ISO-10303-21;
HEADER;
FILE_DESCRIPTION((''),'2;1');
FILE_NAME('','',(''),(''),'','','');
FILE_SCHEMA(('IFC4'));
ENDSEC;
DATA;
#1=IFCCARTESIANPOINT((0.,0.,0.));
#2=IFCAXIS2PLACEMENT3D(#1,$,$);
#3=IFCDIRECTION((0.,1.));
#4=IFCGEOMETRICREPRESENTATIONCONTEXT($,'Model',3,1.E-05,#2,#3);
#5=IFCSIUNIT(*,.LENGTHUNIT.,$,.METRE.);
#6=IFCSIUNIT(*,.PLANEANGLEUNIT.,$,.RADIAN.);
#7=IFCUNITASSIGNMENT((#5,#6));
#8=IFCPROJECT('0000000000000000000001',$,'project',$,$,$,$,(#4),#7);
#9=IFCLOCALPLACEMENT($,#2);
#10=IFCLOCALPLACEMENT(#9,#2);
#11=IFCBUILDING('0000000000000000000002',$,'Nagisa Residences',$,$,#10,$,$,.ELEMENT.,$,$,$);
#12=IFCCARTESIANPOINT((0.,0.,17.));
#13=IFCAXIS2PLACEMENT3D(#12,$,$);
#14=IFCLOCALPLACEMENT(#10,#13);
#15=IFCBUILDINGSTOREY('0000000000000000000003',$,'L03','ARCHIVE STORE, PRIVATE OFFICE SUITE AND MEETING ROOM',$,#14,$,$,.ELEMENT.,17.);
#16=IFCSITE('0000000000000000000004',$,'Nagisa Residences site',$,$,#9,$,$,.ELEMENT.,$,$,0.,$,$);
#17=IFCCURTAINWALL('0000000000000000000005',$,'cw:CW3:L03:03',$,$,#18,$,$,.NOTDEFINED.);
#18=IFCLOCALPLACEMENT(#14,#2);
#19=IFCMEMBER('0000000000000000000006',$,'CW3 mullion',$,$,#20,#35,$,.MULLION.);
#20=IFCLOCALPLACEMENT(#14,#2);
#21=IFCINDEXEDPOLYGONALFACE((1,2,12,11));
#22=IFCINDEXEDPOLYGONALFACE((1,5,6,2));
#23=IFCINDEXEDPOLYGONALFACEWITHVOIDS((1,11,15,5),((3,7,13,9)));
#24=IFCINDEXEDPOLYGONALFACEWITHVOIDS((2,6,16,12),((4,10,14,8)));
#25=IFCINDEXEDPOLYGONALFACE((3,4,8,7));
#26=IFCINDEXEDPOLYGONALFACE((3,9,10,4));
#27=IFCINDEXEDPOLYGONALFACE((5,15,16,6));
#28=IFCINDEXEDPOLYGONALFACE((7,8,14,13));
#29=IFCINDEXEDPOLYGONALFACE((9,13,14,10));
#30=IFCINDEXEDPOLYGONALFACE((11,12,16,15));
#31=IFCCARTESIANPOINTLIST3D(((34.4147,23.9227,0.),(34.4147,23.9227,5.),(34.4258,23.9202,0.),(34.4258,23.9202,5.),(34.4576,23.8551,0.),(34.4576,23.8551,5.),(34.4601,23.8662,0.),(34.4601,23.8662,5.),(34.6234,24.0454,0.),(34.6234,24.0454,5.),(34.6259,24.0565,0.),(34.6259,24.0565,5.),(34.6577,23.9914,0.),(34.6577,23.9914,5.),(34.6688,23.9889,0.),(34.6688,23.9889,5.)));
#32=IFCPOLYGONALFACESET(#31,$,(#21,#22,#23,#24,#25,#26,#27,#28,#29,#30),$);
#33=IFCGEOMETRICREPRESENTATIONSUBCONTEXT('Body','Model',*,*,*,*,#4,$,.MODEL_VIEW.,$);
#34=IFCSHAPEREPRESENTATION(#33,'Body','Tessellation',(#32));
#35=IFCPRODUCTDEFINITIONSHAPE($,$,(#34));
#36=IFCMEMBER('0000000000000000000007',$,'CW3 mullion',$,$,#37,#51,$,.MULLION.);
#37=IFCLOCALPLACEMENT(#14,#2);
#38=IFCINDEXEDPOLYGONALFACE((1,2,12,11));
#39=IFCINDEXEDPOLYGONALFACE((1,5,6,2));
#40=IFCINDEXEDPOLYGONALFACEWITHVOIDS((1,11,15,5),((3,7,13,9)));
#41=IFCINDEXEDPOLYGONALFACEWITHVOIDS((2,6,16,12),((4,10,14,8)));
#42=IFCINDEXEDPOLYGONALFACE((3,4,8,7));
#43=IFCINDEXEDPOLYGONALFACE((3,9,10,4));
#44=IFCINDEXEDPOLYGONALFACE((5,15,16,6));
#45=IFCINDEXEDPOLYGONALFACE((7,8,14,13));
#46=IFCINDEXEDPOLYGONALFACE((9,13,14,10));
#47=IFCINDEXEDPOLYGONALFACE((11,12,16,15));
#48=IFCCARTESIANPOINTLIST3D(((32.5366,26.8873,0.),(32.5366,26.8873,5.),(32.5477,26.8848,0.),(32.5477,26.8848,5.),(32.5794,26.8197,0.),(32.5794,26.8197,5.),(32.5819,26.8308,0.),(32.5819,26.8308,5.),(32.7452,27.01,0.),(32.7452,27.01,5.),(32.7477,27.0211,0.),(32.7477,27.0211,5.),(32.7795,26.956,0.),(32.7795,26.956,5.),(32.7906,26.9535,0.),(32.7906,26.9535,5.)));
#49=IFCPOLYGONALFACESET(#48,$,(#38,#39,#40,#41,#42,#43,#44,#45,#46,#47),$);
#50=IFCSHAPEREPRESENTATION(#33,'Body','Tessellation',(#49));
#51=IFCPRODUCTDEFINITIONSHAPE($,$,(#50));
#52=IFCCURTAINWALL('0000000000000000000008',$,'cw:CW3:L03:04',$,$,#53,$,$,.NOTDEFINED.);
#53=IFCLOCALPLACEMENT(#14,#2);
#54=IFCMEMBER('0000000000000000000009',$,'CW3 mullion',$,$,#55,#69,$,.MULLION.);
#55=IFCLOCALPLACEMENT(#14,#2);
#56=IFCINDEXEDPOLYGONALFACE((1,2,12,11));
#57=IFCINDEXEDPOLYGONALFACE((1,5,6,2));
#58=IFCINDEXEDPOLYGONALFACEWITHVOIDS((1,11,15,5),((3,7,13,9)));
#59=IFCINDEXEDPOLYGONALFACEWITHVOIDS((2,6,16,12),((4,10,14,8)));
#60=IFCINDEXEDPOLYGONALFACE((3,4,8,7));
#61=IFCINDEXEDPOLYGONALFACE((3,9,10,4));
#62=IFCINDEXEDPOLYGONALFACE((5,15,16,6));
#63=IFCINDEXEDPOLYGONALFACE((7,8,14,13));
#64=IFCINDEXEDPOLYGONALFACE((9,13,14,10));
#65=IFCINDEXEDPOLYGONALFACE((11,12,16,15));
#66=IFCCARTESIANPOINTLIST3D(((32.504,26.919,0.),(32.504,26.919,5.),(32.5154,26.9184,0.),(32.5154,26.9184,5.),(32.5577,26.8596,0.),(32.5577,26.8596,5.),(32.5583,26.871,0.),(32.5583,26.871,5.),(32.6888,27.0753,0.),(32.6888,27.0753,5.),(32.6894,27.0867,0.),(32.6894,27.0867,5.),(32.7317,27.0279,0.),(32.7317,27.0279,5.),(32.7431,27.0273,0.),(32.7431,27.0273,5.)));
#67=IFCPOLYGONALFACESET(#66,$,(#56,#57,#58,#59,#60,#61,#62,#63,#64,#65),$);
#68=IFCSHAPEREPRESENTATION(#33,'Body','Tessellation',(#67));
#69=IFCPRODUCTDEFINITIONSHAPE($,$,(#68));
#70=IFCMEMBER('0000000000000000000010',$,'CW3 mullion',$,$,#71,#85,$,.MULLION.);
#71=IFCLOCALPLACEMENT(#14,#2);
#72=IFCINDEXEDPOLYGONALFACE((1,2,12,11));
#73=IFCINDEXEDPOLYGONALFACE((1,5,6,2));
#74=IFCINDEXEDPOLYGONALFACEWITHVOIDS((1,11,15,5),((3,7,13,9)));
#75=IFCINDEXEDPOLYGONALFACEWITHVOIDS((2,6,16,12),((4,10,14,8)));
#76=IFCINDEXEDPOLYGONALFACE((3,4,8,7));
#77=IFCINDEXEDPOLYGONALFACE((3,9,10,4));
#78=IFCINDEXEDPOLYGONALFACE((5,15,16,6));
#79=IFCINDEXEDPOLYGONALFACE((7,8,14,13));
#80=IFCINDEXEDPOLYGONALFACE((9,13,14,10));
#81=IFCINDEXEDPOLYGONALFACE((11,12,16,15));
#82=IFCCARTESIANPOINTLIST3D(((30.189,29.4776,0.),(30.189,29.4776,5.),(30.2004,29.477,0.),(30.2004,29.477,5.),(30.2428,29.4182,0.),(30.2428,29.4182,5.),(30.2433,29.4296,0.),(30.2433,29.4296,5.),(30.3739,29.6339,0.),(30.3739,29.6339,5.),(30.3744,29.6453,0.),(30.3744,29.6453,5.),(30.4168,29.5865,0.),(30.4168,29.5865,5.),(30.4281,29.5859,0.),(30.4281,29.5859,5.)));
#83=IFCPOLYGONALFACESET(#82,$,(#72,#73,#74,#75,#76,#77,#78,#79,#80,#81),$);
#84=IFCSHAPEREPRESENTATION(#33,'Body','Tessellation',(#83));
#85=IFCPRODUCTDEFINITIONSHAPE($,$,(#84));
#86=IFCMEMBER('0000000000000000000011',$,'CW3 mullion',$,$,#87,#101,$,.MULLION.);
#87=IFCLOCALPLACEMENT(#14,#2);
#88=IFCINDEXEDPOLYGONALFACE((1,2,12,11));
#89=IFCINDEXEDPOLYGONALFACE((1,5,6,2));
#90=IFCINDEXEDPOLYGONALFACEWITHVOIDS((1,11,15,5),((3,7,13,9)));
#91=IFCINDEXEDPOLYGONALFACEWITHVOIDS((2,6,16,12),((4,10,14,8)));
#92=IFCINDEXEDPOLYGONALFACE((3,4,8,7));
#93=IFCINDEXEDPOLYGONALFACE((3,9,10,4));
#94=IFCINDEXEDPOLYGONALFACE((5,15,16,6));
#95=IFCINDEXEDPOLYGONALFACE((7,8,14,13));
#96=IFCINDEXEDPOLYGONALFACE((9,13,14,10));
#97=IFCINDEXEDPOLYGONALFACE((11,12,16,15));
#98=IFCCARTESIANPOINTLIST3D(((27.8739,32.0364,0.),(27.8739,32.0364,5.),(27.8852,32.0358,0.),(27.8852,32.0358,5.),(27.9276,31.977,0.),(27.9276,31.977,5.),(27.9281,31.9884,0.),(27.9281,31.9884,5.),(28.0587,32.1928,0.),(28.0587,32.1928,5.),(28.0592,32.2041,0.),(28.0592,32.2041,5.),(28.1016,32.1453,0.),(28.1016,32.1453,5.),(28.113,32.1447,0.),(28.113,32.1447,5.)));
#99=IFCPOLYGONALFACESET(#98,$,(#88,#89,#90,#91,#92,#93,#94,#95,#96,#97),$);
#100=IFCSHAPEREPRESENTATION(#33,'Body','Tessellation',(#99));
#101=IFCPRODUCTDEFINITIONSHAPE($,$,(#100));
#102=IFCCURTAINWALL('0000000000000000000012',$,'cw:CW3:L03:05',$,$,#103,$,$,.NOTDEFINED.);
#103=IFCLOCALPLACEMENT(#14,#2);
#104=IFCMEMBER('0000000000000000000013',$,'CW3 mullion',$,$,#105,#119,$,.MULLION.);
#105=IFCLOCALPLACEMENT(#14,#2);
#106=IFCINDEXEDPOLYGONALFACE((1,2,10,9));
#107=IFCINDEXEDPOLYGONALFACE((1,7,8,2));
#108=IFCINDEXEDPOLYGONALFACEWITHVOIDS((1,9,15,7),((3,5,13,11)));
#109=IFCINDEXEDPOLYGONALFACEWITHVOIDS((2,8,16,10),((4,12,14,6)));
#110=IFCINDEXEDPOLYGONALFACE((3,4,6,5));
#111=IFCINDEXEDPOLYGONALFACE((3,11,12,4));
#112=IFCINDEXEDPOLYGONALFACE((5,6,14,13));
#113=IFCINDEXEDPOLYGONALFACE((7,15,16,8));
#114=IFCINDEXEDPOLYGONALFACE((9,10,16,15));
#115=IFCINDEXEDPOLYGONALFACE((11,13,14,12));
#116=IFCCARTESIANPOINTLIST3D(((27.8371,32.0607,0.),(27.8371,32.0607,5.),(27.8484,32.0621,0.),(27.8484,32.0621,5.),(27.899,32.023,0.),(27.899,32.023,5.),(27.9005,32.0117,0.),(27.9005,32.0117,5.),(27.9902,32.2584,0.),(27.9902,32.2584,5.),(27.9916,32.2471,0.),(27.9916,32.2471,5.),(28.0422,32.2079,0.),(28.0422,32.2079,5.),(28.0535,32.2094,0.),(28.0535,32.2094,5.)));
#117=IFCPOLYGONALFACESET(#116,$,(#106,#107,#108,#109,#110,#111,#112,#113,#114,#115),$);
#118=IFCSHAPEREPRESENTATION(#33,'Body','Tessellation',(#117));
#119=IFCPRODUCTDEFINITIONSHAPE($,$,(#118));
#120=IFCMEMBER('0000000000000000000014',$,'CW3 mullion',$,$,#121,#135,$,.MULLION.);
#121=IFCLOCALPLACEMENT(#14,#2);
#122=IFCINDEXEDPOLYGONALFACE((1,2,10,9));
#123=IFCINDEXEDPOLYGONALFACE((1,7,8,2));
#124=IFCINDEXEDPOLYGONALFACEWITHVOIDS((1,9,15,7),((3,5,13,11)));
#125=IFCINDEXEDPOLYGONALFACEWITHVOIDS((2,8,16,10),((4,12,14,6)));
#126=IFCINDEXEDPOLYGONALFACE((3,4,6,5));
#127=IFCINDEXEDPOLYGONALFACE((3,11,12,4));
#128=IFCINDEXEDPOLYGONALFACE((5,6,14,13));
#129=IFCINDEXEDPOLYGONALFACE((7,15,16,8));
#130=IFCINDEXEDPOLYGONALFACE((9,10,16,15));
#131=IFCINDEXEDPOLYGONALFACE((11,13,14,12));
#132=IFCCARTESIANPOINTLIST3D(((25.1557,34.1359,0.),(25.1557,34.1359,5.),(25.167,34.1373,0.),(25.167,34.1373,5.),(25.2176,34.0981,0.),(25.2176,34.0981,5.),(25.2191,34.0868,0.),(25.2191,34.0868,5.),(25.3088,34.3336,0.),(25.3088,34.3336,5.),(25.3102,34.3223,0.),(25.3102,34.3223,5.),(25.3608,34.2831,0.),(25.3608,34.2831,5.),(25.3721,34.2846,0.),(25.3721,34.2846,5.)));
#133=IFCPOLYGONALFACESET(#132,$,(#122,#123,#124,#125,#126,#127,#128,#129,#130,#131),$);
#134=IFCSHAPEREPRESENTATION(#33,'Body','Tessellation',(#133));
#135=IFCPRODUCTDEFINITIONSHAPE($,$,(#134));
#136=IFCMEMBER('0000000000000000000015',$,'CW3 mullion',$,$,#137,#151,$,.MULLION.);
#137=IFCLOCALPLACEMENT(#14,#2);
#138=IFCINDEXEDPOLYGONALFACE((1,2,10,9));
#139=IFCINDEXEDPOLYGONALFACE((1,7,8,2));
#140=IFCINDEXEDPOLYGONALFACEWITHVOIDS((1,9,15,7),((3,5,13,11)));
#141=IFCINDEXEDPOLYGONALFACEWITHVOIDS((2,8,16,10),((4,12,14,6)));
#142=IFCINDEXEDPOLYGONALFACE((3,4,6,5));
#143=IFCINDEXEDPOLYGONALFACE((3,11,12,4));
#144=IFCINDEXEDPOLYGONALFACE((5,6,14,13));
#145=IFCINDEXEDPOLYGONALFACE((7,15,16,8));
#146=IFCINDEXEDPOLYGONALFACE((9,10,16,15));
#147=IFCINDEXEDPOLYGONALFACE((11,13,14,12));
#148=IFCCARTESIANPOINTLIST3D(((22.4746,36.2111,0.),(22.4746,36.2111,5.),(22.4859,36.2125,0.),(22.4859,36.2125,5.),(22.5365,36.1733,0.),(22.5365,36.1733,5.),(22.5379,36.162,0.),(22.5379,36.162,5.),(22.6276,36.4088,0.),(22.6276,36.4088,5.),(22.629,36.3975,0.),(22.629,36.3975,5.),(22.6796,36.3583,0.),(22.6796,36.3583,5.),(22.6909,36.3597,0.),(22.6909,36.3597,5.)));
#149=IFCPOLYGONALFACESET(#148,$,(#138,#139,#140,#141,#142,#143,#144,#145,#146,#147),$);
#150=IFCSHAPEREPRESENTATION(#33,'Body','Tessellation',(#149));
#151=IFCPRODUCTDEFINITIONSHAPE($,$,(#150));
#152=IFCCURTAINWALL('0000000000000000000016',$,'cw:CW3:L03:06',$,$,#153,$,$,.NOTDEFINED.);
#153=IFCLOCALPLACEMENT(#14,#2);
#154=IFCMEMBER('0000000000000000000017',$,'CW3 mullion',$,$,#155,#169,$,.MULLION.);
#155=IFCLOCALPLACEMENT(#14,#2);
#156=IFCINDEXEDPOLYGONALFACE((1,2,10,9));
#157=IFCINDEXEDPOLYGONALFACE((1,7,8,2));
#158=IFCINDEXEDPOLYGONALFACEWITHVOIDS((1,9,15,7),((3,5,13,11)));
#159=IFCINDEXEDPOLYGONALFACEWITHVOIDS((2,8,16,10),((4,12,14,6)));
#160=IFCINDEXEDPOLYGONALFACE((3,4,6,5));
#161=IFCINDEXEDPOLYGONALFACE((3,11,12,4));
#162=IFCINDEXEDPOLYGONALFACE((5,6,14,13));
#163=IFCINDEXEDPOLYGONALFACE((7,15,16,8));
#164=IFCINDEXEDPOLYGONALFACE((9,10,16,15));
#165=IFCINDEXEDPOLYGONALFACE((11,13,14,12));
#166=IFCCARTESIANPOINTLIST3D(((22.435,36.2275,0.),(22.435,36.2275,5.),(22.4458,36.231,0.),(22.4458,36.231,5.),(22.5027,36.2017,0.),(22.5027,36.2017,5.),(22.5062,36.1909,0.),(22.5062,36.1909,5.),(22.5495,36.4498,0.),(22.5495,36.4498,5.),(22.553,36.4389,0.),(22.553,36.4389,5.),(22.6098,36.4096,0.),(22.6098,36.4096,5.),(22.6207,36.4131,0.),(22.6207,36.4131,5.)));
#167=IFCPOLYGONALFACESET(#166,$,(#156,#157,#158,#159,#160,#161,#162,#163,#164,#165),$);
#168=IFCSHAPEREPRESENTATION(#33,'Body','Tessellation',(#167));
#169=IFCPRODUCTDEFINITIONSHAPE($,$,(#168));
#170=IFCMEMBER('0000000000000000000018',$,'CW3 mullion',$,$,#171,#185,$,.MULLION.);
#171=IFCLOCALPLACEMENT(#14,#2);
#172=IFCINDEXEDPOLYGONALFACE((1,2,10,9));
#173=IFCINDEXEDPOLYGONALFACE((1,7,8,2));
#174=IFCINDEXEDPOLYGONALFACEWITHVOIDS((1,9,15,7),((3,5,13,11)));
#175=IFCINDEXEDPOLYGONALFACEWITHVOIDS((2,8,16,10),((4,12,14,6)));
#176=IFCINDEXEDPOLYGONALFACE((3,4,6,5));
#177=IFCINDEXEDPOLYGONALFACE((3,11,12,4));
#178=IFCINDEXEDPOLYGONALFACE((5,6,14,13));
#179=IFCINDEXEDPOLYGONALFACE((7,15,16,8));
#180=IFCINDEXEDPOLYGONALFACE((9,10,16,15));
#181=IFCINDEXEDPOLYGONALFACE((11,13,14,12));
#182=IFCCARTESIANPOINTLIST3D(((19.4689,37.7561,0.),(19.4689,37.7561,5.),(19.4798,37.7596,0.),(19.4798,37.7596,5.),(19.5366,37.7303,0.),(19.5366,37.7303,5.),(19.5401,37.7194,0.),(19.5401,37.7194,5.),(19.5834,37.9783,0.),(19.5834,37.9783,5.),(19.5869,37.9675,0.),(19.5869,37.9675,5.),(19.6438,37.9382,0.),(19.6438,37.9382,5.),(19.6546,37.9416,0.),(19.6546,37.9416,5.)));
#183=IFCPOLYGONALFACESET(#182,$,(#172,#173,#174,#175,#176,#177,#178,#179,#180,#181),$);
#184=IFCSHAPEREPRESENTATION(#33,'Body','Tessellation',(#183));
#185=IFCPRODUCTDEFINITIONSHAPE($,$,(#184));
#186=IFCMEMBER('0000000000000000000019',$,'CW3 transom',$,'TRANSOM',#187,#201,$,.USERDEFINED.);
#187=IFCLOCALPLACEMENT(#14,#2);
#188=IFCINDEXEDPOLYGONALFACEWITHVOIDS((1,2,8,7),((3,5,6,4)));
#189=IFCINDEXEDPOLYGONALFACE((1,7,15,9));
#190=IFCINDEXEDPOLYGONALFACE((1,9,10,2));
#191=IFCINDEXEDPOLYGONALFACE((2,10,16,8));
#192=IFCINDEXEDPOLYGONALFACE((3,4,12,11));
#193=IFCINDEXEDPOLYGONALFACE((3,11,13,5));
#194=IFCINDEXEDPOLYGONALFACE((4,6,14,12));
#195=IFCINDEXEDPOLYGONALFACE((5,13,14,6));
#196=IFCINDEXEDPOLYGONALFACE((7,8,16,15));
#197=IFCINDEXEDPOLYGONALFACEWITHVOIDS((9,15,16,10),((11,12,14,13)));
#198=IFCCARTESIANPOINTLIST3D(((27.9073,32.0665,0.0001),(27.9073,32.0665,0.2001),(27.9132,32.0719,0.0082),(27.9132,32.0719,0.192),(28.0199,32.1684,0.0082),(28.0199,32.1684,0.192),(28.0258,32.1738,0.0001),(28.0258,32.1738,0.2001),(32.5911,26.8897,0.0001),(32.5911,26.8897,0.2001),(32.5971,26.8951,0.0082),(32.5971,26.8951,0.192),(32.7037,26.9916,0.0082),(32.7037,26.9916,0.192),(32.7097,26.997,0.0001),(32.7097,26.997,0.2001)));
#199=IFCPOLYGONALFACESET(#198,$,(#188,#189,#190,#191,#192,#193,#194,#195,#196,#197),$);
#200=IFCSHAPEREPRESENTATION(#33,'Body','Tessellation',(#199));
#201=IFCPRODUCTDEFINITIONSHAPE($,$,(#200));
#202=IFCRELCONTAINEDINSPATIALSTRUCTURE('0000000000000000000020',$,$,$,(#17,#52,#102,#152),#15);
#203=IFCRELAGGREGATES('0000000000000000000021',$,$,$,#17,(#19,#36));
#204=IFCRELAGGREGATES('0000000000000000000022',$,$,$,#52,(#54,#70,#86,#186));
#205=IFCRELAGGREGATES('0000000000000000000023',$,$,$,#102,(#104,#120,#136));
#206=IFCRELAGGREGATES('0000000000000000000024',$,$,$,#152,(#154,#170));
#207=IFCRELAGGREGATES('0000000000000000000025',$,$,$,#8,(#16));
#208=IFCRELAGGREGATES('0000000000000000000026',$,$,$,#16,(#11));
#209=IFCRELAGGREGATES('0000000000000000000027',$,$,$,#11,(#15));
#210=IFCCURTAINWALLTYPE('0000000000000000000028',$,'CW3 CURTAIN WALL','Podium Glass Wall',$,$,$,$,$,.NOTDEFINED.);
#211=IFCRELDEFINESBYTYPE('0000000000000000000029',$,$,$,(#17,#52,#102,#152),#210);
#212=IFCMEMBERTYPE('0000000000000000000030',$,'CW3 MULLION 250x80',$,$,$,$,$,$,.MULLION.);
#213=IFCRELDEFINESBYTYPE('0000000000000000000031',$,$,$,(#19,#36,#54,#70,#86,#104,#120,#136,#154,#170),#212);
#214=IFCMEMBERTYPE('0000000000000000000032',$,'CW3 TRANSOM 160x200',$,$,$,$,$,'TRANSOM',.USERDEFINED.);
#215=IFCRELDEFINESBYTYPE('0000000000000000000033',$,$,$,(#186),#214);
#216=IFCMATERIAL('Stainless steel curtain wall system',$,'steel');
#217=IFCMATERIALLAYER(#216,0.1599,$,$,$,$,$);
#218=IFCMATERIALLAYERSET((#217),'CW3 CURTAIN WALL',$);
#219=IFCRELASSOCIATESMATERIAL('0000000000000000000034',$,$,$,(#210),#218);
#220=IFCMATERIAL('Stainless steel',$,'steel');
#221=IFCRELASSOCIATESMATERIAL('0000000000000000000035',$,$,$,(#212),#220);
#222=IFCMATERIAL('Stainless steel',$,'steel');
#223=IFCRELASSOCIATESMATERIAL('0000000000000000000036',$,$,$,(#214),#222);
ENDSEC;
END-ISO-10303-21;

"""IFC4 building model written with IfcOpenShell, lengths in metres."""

from ifc_helpers import new_model, si_unit, direction, frame, origin, origin_2d, place, context, subcontext, project, spatial, hollow_rectangle, extrude, material, layer, layer_set, material_profile, profile_set, type_object, element, aggregate, save


model = new_model("IFC4")

# Units and contexts
model_context = context("Model", 3, precision=1e-05, world=origin(), true_north=direction((0.0, 1.0)))
body_context = subcontext(model_context, "Body", "Model", "MODEL_VIEW")
ifc_project = project(units=[si_unit("LENGTHUNIT", "METRE"), si_unit("PLANEANGLEUNIT", "RADIAN")], contexts=[model_context])

# Site, building, storey
site_placement = place(None, origin())
site = spatial("IfcSite", under=ifc_project, at=site_placement, Name="Nagisa Residences site", CompositionType="ELEMENT", RefElevation=0.0)
building_placement = place(site_placement, origin())
building = spatial("IfcBuilding", under=site, at=building_placement, Name="Nagisa Residences", CompositionType="ELEMENT")
storey_placement = place(building_placement, frame((0.0, 0.0, 17.0)))
storey = spatial("IfcBuildingStorey", under=building, at=storey_placement, Name="L03", Description="ARCHIVE STORE, PRIVATE OFFICE SUITE AND MEETING ROOM", CompositionType="ELEMENT", Elevation=17.0)

# Curtain walls, members
ifc_material_1 = material(Name="Stainless steel curtain wall system", Category="steel")
ifc_layer_1 = layer(ifc_material_1, 0.1599)
ifc_layer_set_1 = layer_set([ifc_layer_1], Name="CW3 CURTAIN WALL")
curtain_wall_type_1 = type_object("IfcCurtainWallType", Name="CW3 CURTAIN WALL", Description="Podium Glass Wall", PredefinedType="NOTDEFINED", material=ifc_layer_set_1)
curtain_wall_1_placement = place(storey_placement, origin())
curtain_wall_1 = element("IfcCurtainWall", 1, at=curtain_wall_1_placement, inside=storey, type_object=curtain_wall_type_1, Name="cw:CW3:L03:03", PredefinedType="NOTDEFINED")
ifc_material_2 = material(Name="Stainless steel", Category="steel")
ifc_material_profile_1 = material_profile(ifc_material_2, hollow_rectangle(XDim=0.25, YDim=0.0801, WallThickness=0.0081, at=origin_2d()), Name="CW3 MULLION 250x80")
ifc_profile_set_1 = profile_set([ifc_material_profile_1], Name="Stainless steel")
member_type_1 = type_object("IfcMemberType", Name="CW3 MULLION 250x80", PredefinedType="MULLION", material=ifc_profile_set_1)
member_1_placement = place(storey_placement, frame((34.5417, 23.9558, 0.0), z_axis=(0.0, 0.0, 1.0), x_axis=(-0.844747, -0.535165, 0.0)))
member_1 = element("IfcMember", 2, at=member_1_placement, type_object=member_type_1, Name="CW3 mullion", PredefinedType="MULLION", context=body_context, shape_type="SweptSolid", body=[
    extrude(hollow_rectangle(XDim=0.25, YDim=0.0801, WallThickness=0.0081, at=origin_2d()), origin(), (0.0, 0.0, 1.0), 5.0),
])
member_2_placement = place(storey_placement, frame((32.6636, 26.9204, 0.0), z_axis=(0.0, 0.0, 1.0), x_axis=(-0.844747, -0.535165, 0.0)))
member_2 = element("IfcMember", 3, at=member_2_placement, type_object=member_type_1, Name="CW3 mullion", PredefinedType="MULLION", context=body_context, shape_type="SweptSolid", body=[
    extrude(hollow_rectangle(XDim=0.25, YDim=0.0801, WallThickness=0.0081, at=origin_2d()), origin(), (0.0, 0.0, 1.0), 5.0),
])
curtain_wall_2_placement = place(storey_placement, origin())
curtain_wall_2 = element("IfcCurtainWall", 4, at=curtain_wall_2_placement, inside=storey, type_object=curtain_wall_type_1, Name="cw:CW3:L03:04", PredefinedType="NOTDEFINED")
member_3_placement = place(storey_placement, frame((32.6235, 26.9731, 0.0), z_axis=(0.0, 0.0, 1.0), x_axis=(-0.741536, -0.670913, 0.0)))
member_3 = element("IfcMember", 5, at=member_3_placement, type_object=member_type_1, Name="CW3 mullion", PredefinedType="MULLION", context=body_context, shape_type="SweptSolid", body=[
    extrude(hollow_rectangle(XDim=0.25, YDim=0.0801, WallThickness=0.0081, at=origin_2d()), origin(), (0.0, 0.0, 1.0), 5.0),
])
member_4_placement = place(storey_placement, frame((30.3086, 29.5317, 0.0), z_axis=(0.0, 0.0, 1.0), x_axis=(-0.741536, -0.670913, 0.0)))
member_4 = element("IfcMember", 6, at=member_4_placement, type_object=member_type_1, Name="CW3 mullion", PredefinedType="MULLION", context=body_context, shape_type="SweptSolid", body=[
    extrude(hollow_rectangle(XDim=0.25, YDim=0.0801, WallThickness=0.0081, at=origin_2d()), origin(), (0.0, 0.0, 1.0), 5.0),
])
member_5_placement = place(storey_placement, frame((27.9934, 32.0906, 0.0), z_axis=(0.0, 0.0, 1.0), x_axis=(-0.741536, -0.670913, 0.0)))
member_5 = element("IfcMember", 7, at=member_5_placement, type_object=member_type_1, Name="CW3 mullion", PredefinedType="MULLION", context=body_context, shape_type="SweptSolid", body=[
    extrude(hollow_rectangle(XDim=0.25, YDim=0.0801, WallThickness=0.0081, at=origin_2d()), origin(), (0.0, 0.0, 1.0), 5.0),
])
curtain_wall_3_placement = place(storey_placement, origin())
curtain_wall_3 = element("IfcCurtainWall", 8, at=curtain_wall_3_placement, inside=storey, type_object=curtain_wall_type_1, Name="cw:CW3:L03:05", PredefinedType="NOTDEFINED")
member_6_placement = place(storey_placement, frame((27.9453, 32.135, 0.0), z_axis=(0.0, 0.0, 1.0), x_axis=(-0.612035, -0.790831, 0.0)))
member_6 = element("IfcMember", 9, at=member_6_placement, type_object=member_type_1, Name="CW3 mullion", PredefinedType="MULLION", context=body_context, shape_type="SweptSolid", body=[
    extrude(hollow_rectangle(XDim=0.25, YDim=0.0801, WallThickness=0.0081, at=origin_2d()), origin(), (0.0, 0.0, 1.0), 5.0),
])
member_7_placement = place(storey_placement, frame((25.2639, 34.2102, 0.0), z_axis=(0.0, 0.0, 1.0), x_axis=(-0.612035, -0.790831, 0.0)))
member_7 = element("IfcMember", 10, at=member_7_placement, type_object=member_type_1, Name="CW3 mullion", PredefinedType="MULLION", context=body_context, shape_type="SweptSolid", body=[
    extrude(hollow_rectangle(XDim=0.25, YDim=0.0801, WallThickness=0.0081, at=origin_2d()), origin(), (0.0, 0.0, 1.0), 5.0),
])
member_8_placement = place(storey_placement, frame((22.5828, 36.2854, 0.0), z_axis=(0.0, 0.0, 1.0), x_axis=(-0.612035, -0.790831, 0.0)))
member_8 = element("IfcMember", 11, at=member_8_placement, type_object=member_type_1, Name="CW3 mullion", PredefinedType="MULLION", context=body_context, shape_type="SweptSolid", body=[
    extrude(hollow_rectangle(XDim=0.25, YDim=0.0801, WallThickness=0.0081, at=origin_2d()), origin(), (0.0, 0.0, 1.0), 5.0),
])
curtain_wall_4_placement = place(storey_placement, origin())
curtain_wall_4 = element("IfcCurtainWall", 12, at=curtain_wall_4_placement, inside=storey, type_object=curtain_wall_type_1, Name="cw:CW3:L03:06", PredefinedType="NOTDEFINED")
member_9_placement = place(storey_placement, frame((22.5278, 36.3203, 0.0), z_axis=(0.0, 0.0, 1.0), x_axis=(-0.458126, -0.888887, 0.0)))
member_9 = element("IfcMember", 13, at=member_9_placement, type_object=member_type_1, Name="CW3 mullion", PredefinedType="MULLION", context=body_context, shape_type="SweptSolid", body=[
    extrude(hollow_rectangle(XDim=0.25, YDim=0.0801, WallThickness=0.0081, at=origin_2d()), origin(), (0.0, 0.0, 1.0), 5.0),
])
member_10_placement = place(storey_placement, frame((19.5618, 37.8489, 0.0), z_axis=(0.0, 0.0, 1.0), x_axis=(-0.458126, -0.888887, 0.0)))
member_10 = element("IfcMember", 14, at=member_10_placement, type_object=member_type_1, Name="CW3 mullion", PredefinedType="MULLION", context=body_context, shape_type="SweptSolid", body=[
    extrude(hollow_rectangle(XDim=0.25, YDim=0.0801, WallThickness=0.0081, at=origin_2d()), origin(), (0.0, 0.0, 1.0), 5.0),
])

# Member
ifc_material_3 = material(Name="Stainless steel", Category="steel")
ifc_material_profile_2 = material_profile(ifc_material_3, hollow_rectangle(XDim=0.1599, YDim=0.2, WallThickness=0.0081, at=origin_2d()), Name="CW3 TRANSOM 160x200")
ifc_profile_set_2 = profile_set([ifc_material_profile_2], Name="Stainless steel")
member_type_2 = type_object("IfcMemberType", Name="CW3 TRANSOM 160x200", ElementType="TRANSOM", PredefinedType="USERDEFINED", material=ifc_profile_set_2)
member_11_placement = place(storey_placement, frame((32.6504, 26.9434, 0.1001), z_axis=(-0.670922, 0.741528, 0.0), x_axis=(-0.741528, -0.670922, 0.0)))
member_11 = element("IfcMember", 15, at=member_11_placement, type_object=member_type_2, Name="CW3 transom", ObjectType="TRANSOM", PredefinedType="USERDEFINED", context=body_context, shape_type="SweptSolid", body=[
    extrude(hollow_rectangle(XDim=0.1599, YDim=0.2, WallThickness=0.0081, at=origin_2d()), origin(), (0.0, 0.0, 1.0), 6.9812),
])

aggregate(curtain_wall_1, [member_1, member_2])
aggregate(curtain_wall_2, [member_3, member_4, member_5, member_11])
aggregate(curtain_wall_3, [member_6, member_7, member_8])
aggregate(curtain_wall_4, [member_9, member_10])

save(model, "model.ifc")
